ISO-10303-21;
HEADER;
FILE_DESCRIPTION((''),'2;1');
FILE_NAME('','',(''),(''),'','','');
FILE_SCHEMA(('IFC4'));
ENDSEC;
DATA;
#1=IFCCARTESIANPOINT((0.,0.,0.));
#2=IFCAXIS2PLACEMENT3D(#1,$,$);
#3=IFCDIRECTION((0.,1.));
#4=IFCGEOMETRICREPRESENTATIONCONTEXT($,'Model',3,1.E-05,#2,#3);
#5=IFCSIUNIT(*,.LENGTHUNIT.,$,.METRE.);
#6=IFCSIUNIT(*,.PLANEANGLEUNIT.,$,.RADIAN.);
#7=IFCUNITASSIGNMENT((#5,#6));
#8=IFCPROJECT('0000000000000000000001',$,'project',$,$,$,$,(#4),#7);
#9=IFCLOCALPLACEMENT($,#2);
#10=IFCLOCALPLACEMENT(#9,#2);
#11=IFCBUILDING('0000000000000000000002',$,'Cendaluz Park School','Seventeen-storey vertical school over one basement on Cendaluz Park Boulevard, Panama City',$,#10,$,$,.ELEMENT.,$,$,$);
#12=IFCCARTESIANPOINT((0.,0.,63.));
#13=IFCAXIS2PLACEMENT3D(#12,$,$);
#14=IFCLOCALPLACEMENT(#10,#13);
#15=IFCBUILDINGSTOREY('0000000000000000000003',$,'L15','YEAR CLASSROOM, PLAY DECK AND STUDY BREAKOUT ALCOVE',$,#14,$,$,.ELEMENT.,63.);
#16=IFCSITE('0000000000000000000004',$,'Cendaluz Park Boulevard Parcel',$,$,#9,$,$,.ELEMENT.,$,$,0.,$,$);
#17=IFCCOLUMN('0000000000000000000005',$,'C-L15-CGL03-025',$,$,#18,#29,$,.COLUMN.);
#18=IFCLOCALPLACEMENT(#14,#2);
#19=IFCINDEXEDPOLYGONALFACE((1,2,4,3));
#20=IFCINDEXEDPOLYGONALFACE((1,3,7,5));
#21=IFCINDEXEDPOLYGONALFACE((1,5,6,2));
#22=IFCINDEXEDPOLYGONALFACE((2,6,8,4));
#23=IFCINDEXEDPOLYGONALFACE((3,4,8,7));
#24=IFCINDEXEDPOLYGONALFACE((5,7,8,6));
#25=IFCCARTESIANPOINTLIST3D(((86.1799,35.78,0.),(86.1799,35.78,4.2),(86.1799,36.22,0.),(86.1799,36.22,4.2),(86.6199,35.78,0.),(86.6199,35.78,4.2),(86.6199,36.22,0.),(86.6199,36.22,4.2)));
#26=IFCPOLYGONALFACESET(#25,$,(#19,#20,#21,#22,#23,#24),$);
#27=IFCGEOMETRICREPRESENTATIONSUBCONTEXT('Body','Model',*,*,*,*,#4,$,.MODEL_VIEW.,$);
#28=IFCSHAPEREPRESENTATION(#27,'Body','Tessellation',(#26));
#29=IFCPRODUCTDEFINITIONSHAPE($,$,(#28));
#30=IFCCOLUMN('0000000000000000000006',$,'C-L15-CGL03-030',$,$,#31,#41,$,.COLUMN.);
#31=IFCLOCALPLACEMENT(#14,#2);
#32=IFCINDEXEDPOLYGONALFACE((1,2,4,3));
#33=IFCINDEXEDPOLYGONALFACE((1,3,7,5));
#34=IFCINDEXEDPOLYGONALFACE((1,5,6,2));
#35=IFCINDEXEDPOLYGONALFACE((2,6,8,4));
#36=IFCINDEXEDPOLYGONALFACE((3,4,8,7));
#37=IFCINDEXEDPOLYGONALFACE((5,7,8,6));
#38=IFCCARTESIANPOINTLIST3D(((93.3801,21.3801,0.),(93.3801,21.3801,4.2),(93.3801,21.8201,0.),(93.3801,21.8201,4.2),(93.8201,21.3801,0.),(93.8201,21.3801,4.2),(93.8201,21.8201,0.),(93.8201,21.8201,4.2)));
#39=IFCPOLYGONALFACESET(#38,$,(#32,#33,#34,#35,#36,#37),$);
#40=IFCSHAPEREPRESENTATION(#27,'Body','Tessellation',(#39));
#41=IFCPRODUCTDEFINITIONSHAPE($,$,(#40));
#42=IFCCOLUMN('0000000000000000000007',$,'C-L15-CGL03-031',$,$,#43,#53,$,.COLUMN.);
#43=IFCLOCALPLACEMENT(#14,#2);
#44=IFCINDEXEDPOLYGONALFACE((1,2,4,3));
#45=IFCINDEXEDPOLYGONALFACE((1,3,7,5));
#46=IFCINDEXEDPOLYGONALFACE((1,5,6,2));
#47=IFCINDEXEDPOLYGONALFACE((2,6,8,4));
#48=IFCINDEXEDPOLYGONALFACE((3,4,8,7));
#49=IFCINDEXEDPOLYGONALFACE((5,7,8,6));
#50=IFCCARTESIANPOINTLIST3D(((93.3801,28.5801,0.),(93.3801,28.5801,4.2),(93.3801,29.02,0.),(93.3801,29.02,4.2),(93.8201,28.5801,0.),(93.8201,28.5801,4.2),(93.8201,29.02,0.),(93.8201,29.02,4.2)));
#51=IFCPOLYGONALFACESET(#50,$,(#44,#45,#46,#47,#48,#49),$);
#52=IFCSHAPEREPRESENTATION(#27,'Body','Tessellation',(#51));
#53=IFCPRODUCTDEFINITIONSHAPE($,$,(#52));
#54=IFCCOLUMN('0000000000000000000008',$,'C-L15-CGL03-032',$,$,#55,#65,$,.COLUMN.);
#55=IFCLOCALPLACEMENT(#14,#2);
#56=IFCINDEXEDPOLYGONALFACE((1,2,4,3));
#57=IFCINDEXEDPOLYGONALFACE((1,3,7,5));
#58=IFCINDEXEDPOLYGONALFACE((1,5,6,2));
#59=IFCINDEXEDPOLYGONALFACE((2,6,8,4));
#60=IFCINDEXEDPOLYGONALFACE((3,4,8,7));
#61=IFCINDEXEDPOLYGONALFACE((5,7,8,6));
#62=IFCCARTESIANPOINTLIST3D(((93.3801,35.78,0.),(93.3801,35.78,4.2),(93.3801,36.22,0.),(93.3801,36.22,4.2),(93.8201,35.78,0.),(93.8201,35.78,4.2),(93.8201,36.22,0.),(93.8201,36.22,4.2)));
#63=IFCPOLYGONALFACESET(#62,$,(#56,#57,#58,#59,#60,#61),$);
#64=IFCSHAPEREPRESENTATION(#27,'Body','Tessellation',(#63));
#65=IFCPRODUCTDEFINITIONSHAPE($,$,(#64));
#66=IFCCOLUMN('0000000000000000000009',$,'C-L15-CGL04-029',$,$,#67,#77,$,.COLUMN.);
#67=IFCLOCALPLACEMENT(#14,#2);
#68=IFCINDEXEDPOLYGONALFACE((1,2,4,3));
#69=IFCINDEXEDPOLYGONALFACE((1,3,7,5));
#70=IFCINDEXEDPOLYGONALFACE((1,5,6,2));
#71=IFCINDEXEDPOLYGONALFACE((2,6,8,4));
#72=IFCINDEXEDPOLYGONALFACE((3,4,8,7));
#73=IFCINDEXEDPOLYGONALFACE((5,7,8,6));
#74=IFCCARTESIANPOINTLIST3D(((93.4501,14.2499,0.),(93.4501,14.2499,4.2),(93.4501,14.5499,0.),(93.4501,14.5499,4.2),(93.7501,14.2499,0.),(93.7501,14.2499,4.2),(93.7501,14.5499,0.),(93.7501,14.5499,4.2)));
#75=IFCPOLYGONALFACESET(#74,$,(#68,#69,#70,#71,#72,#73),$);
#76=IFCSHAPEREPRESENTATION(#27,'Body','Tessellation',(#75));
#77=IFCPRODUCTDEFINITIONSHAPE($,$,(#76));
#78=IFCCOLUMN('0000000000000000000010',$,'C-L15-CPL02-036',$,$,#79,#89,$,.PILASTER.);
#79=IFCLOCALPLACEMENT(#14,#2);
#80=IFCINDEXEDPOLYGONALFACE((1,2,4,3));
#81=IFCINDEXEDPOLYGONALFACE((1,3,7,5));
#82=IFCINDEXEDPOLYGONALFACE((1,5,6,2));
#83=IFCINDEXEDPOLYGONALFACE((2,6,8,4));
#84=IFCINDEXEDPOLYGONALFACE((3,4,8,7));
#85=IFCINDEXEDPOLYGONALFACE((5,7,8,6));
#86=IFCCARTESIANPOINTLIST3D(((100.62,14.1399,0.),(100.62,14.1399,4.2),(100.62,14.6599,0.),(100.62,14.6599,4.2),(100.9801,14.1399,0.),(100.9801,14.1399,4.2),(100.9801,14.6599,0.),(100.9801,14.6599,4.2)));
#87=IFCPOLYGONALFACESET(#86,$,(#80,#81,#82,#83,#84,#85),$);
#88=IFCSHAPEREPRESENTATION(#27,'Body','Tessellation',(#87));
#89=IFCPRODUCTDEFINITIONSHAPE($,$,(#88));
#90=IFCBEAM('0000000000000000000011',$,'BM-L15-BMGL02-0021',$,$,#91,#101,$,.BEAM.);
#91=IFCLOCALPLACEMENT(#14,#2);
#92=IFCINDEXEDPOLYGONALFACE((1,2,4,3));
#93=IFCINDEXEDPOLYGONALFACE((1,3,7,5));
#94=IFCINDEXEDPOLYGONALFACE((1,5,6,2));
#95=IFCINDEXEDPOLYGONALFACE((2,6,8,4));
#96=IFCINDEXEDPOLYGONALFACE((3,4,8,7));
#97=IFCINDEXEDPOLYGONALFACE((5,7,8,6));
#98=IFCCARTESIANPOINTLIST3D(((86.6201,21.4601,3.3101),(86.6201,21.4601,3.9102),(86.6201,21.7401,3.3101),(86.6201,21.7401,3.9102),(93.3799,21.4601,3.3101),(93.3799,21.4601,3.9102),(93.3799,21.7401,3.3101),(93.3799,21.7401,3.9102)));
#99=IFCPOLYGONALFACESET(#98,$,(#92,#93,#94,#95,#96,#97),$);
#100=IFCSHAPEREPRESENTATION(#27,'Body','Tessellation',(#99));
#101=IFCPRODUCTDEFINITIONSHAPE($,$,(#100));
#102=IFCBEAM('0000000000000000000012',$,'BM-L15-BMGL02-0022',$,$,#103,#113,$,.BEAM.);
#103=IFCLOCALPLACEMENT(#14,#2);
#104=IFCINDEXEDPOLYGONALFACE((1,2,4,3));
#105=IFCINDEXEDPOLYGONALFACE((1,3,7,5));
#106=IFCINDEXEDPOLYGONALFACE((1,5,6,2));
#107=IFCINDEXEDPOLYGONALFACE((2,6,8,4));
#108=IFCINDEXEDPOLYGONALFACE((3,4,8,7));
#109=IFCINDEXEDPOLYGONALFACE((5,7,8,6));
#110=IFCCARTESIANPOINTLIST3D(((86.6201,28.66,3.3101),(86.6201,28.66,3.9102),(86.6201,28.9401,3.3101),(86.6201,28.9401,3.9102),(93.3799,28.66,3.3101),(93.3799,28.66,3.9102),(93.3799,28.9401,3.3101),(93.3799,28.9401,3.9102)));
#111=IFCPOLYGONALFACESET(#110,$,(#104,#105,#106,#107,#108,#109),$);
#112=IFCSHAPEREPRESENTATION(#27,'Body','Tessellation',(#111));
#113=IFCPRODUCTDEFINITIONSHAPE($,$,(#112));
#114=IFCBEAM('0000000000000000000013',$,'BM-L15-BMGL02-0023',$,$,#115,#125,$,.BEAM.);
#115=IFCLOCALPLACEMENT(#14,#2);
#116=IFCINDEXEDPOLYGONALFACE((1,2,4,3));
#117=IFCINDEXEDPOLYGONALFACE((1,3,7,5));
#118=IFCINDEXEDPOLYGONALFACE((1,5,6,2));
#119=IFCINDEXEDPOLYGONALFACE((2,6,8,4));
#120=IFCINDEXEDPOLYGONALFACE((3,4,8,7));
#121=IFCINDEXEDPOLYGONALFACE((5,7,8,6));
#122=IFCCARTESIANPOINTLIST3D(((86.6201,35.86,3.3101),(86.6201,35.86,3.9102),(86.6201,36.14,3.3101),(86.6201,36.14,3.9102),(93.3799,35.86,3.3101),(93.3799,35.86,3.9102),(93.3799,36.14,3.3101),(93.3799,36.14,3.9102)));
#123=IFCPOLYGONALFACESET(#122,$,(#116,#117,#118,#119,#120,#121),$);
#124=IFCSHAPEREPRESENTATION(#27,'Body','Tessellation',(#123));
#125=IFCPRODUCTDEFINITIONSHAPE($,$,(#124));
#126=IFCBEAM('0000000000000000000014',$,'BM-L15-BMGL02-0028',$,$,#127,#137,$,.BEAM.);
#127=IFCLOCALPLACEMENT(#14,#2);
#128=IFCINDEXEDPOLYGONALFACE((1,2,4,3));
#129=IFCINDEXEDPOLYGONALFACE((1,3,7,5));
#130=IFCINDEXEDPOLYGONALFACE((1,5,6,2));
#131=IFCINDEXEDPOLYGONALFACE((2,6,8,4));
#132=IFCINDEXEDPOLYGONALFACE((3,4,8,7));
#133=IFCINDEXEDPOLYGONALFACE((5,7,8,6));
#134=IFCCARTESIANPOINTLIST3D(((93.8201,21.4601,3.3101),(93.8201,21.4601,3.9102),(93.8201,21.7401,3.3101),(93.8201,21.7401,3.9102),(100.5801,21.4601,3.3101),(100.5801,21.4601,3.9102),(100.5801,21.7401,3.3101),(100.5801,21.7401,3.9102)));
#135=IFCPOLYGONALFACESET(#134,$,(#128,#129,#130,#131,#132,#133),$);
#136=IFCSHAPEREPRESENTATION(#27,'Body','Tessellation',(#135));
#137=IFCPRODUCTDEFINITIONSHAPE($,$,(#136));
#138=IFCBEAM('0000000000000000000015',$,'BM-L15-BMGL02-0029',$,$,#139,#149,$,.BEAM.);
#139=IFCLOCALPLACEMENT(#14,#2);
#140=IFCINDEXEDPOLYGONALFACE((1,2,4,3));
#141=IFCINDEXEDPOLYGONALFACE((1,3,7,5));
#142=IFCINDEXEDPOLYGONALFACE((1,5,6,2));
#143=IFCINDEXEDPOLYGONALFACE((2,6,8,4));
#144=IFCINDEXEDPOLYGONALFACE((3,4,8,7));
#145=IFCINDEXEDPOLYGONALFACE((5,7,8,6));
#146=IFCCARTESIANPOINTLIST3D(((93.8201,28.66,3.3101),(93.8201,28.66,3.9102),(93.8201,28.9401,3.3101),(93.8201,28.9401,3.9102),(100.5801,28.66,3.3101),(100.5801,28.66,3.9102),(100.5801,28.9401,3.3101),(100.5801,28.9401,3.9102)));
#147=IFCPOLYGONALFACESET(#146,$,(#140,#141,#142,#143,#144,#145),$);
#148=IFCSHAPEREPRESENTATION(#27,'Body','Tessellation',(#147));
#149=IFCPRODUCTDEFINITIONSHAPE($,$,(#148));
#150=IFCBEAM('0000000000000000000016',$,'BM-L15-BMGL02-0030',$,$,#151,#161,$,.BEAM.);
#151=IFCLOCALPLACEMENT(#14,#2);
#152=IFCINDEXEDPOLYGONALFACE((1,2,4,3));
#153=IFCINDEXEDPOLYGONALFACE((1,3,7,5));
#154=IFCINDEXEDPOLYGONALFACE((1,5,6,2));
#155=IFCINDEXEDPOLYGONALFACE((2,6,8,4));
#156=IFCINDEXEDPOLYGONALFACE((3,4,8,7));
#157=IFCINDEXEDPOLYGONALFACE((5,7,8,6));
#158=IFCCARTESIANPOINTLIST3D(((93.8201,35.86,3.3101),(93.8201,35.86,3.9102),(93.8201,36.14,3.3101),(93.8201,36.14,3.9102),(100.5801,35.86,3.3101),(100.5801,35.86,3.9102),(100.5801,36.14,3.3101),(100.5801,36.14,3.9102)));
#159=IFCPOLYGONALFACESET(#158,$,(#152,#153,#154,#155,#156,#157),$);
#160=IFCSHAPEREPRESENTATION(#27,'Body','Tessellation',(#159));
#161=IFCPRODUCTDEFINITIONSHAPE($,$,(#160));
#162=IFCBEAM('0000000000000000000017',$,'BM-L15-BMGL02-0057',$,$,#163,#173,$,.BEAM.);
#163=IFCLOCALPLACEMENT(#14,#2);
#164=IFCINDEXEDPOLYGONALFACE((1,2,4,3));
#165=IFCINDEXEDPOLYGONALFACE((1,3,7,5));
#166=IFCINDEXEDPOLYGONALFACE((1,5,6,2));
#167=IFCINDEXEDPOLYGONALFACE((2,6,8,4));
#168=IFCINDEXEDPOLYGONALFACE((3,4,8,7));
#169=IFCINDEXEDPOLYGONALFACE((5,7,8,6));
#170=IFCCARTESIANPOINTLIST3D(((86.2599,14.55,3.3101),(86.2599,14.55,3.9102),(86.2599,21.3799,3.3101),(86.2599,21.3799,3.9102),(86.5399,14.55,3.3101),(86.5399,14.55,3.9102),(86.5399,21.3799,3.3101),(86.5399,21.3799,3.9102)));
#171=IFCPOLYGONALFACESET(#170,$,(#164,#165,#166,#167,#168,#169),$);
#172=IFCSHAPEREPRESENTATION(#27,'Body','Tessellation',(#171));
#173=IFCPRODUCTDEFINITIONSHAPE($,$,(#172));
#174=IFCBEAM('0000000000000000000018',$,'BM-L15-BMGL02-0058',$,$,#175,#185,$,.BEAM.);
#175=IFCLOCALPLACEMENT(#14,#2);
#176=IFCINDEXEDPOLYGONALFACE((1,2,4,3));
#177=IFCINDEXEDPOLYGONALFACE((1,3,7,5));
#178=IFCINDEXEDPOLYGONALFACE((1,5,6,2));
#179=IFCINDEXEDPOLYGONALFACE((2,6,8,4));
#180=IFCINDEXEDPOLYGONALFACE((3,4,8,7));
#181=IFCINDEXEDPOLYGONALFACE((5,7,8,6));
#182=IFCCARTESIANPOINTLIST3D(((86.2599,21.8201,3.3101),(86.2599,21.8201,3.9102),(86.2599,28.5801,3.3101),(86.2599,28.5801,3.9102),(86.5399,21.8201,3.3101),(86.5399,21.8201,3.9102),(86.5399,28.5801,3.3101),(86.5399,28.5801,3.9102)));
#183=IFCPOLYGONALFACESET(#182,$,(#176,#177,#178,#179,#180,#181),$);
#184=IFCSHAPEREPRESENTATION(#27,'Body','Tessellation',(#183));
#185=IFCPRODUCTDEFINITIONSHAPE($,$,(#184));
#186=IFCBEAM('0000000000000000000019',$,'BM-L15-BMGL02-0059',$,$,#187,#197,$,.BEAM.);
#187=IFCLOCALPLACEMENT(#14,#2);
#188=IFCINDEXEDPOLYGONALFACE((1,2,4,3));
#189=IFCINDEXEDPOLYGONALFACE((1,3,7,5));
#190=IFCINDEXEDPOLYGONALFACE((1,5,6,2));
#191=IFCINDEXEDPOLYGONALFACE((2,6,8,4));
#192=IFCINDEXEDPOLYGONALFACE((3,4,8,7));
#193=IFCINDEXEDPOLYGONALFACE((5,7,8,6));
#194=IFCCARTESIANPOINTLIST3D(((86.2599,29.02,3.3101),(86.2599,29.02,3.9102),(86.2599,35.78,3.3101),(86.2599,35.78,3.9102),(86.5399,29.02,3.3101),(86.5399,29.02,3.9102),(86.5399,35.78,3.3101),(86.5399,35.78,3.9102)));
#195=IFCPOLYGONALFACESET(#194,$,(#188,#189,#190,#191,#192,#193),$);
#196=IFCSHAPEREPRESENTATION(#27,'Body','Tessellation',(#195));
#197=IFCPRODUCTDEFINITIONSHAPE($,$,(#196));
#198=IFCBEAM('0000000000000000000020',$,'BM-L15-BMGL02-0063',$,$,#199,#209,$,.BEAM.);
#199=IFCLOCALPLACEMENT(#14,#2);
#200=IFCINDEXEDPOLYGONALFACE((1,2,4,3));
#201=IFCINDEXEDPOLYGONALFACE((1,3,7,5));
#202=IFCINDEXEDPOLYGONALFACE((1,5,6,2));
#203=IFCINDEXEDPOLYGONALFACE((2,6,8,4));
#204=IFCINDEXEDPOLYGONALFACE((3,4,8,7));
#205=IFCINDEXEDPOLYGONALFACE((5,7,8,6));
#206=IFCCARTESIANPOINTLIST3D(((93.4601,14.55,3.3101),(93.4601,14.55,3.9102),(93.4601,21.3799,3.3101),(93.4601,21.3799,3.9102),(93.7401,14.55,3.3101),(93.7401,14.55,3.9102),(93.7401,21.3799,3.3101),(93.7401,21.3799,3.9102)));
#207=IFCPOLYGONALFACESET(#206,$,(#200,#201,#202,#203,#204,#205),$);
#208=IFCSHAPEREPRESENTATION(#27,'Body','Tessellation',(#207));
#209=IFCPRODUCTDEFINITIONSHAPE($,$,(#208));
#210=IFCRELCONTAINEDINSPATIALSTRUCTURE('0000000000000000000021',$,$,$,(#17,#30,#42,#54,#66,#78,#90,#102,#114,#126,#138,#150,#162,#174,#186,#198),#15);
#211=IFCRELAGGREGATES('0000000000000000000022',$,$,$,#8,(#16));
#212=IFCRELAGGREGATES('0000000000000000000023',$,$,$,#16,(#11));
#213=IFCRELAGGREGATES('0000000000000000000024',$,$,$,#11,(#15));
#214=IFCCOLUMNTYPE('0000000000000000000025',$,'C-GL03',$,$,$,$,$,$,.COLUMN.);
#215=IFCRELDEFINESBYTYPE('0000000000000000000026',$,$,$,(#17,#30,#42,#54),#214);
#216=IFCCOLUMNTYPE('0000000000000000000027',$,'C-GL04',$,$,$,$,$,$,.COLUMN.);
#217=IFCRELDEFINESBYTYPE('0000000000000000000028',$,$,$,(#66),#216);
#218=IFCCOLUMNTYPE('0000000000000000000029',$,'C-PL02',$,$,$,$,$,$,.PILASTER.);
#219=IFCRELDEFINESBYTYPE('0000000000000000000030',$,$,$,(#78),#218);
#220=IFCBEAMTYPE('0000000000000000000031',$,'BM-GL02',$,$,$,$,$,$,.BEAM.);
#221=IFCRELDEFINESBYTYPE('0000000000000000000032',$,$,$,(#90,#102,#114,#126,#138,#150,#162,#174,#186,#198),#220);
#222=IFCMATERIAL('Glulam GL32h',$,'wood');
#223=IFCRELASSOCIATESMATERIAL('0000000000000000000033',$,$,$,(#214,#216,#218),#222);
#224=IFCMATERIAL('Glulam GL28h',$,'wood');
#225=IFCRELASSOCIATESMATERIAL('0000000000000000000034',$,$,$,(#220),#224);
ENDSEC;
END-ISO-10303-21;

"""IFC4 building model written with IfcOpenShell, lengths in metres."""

from ifc_helpers import new_model, si_unit, direction, frame, origin, origin_2d, place, context, subcontext, project, spatial, rectangle, extrude, material, material_profile, profile_set, type_object, element, save


model = new_model("IFC4")

# Units and contexts
model_context = context("Model", 3, precision=1e-05, world=origin(), true_north=direction((0.0, 1.0)))
body_context = subcontext(model_context, "Body", "Model", "MODEL_VIEW")
ifc_project = project(units=[si_unit("LENGTHUNIT", "METRE"), si_unit("PLANEANGLEUNIT", "RADIAN")], contexts=[model_context])

# Site, building, storey
site_placement = place(None, origin())
site = spatial("IfcSite", under=ifc_project, at=site_placement, Name="Cendaluz Park Boulevard Parcel", CompositionType="ELEMENT", RefElevation=0.0)
building_placement = place(site_placement, origin())
building = spatial("IfcBuilding", under=site, at=building_placement, Name="Cendaluz Park School", Description="Seventeen-storey vertical school over one basement on Cendaluz Park Boulevard, Panama City", CompositionType="ELEMENT")
storey_placement = place(building_placement, frame((0.0, 0.0, 63.0)))
storey = spatial("IfcBuildingStorey", under=building, at=storey_placement, Name="L15", Description="YEAR CLASSROOM, PLAY DECK AND STUDY BREAKOUT ALCOVE", CompositionType="ELEMENT", Elevation=63.0)

# Columns
ifc_material_1 = material(Name="Glulam GL32h", Category="wood")
ifc_material_profile_1 = material_profile(ifc_material_1, rectangle(XDim=0.4399, YDim=0.4399, at=origin_2d()), Name="GL32h 440x440", Category="wood")
ifc_profile_set_1 = profile_set([ifc_material_profile_1], Name="Glulam GL32h")
column_type_1 = type_object("IfcColumnType", Name="C-GL03", PredefinedType="COLUMN", material=ifc_profile_set_1)
for number, where, z_axis, x_axis, name in (
    (1, (86.3999, 36.0, 0.0), (0.0, 0.0, 1.0), (1.0, 0.0, 0.0), "C-L15-CGL03-025"),
    (2, (93.6001, 21.6001, 0.0), (0.0, 0.0, 1.0), (1.0, 0.0, 0.0), "C-L15-CGL03-030"),
    (3, (93.6001, 28.8, 0.0), (0.0, 0.0, 1.0), (1.0, 0.0, 0.0), "C-L15-CGL03-031"),
    (4, (93.6001, 36.0, 0.0), (0.0, 0.0, 1.0), (1.0, 0.0, 0.0), "C-L15-CGL03-032"),
):
    element("IfcColumn", number, at=place(storey_placement, frame(where, z_axis=z_axis, x_axis=x_axis)), inside=storey, type_object=column_type_1, Name=name, PredefinedType="COLUMN", context=body_context, shape_type="SweptSolid", body=[
        extrude(rectangle(XDim=0.4399, YDim=0.4399, at=origin_2d()), origin(), (0.0, 0.0, 1.0), 4.2),
    ])
ifc_material_profile_2 = material_profile(ifc_material_1, rectangle(XDim=0.3, YDim=0.3, at=origin_2d()), Name="GL32h 300x300", Category="wood")
ifc_profile_set_2 = profile_set([ifc_material_profile_2], Name="Glulam GL32h")
column_type_2 = type_object("IfcColumnType", Name="C-GL04", PredefinedType="COLUMN", material=ifc_profile_set_2)
column_1_placement = place(storey_placement, frame((93.6001, 14.3999, 0.0), z_axis=(0.0, 0.0, 1.0), x_axis=(1.0, 0.0, 0.0)))
element("IfcColumn", 5, at=column_1_placement, inside=storey, type_object=column_type_2, Name="C-L15-CGL04-029", PredefinedType="COLUMN", context=body_context, shape_type="SweptSolid", body=[
    extrude(rectangle(XDim=0.3, YDim=0.3, at=origin_2d()), origin(), (0.0, 0.0, 1.0), 4.2),
])
ifc_material_profile_3 = material_profile(ifc_material_1, rectangle(XDim=0.3601, YDim=0.52, at=origin_2d()), Name="GL32h 360x520", Category="wood")
ifc_profile_set_3 = profile_set([ifc_material_profile_3], Name="Glulam GL32h")
column_type_3 = type_object("IfcColumnType", Name="C-PL02", PredefinedType="PILASTER", material=ifc_profile_set_3)
column_2_placement = place(storey_placement, frame((100.8, 14.3999, 0.0), z_axis=(0.0, 0.0, 1.0), x_axis=(1.0, 0.0, 0.0)))
element("IfcColumn", 6, at=column_2_placement, inside=storey, type_object=column_type_3, Name="C-L15-CPL02-036", PredefinedType="PILASTER", context=body_context, shape_type="SweptSolid", body=[
    extrude(rectangle(XDim=0.3601, YDim=0.52, at=origin_2d()), origin(), (0.0, 0.0, 1.0), 4.2),
])

# Beams
ifc_material_2 = material(Name="Glulam GL28h", Category="wood")
ifc_material_profile_4 = material_profile(ifc_material_2, rectangle(XDim=0.28, YDim=0.6001, at=origin_2d()), Name="GL28h 280x600", Category="wood")
ifc_profile_set_4 = profile_set([ifc_material_profile_4], Name="Glulam GL28h")
beam_type_1 = type_object("IfcBeamType", Name="BM-GL02", PredefinedType="BEAM", material=ifc_profile_set_4)
for number, where, z_axis, x_axis, name in (
    (7, (86.6201, 21.6001, 3.6101), (1.0, 0.0, 0.0), (0.0, 1.0, 0.0), "BM-L15-BMGL02-0021"),
    (8, (86.6201, 28.8, 3.6101), (1.0, 0.0, 0.0), (0.0, 1.0, 0.0), "BM-L15-BMGL02-0022"),
    (9, (86.6201, 36.0, 3.6101), (1.0, 0.0, 0.0), (0.0, 1.0, 0.0), "BM-L15-BMGL02-0023"),
):
    element("IfcBeam", number, at=place(storey_placement, frame(where, z_axis=z_axis, x_axis=x_axis)), inside=storey, type_object=beam_type_1, Name=name, PredefinedType="BEAM", context=body_context, shape_type="SweptSolid", body=[
        extrude(rectangle(XDim=0.28, YDim=0.6001, at=origin_2d()), origin(), (0.0, 0.0, 1.0), 6.7598),
    ])
for number, where, z_axis, x_axis, name in (
    (10, (93.8201, 21.6001, 3.6101), (1.0, 0.0, 0.0), (0.0, 1.0, 0.0), "BM-L15-BMGL02-0028"),
    (11, (93.8201, 28.8, 3.6101), (1.0, 0.0, 0.0), (0.0, 1.0, 0.0), "BM-L15-BMGL02-0029"),
    (12, (93.8201, 36.0, 3.6101), (1.0, 0.0, 0.0), (0.0, 1.0, 0.0), "BM-L15-BMGL02-0030"),
):
    element("IfcBeam", number, at=place(storey_placement, frame(where, z_axis=z_axis, x_axis=x_axis)), inside=storey, type_object=beam_type_1, Name=name, PredefinedType="BEAM", context=body_context, shape_type="SweptSolid", body=[
        extrude(rectangle(XDim=0.28, YDim=0.6001, at=origin_2d()), origin(), (0.0, 0.0, 1.0), 6.76),
    ])
beam_1_placement = place(storey_placement, frame((86.3999, 14.55, 3.6101), z_axis=(0.0, 1.0, 0.0), x_axis=(-1.0, 0.0, 0.0)))
element("IfcBeam", 13, at=beam_1_placement, inside=storey, type_object=beam_type_1, Name="BM-L15-BMGL02-0057", PredefinedType="BEAM", context=body_context, shape_type="SweptSolid", body=[
    extrude(rectangle(XDim=0.28, YDim=0.6001, at=origin_2d()), origin(), (0.0, 0.0, 1.0), 6.8298),
])
for number, where, z_axis, x_axis, name in (
    (14, (86.3999, 21.8201, 3.6101), (0.0, 1.0, 0.0), (-1.0, 0.0, 0.0), "BM-L15-BMGL02-0058"),
    (15, (86.3999, 29.02, 3.6101), (0.0, 1.0, 0.0), (-1.0, 0.0, 0.0), "BM-L15-BMGL02-0059"),
):
    element("IfcBeam", number, at=place(storey_placement, frame(where, z_axis=z_axis, x_axis=x_axis)), inside=storey, type_object=beam_type_1, Name=name, PredefinedType="BEAM", context=body_context, shape_type="SweptSolid", body=[
        extrude(rectangle(XDim=0.28, YDim=0.6001, at=origin_2d()), origin(), (0.0, 0.0, 1.0), 6.76),
    ])
beam_2_placement = place(storey_placement, frame((93.6001, 14.55, 3.6101), z_axis=(0.0, 1.0, 0.0), x_axis=(-1.0, 0.0, 0.0)))
element("IfcBeam", 16, at=beam_2_placement, inside=storey, type_object=beam_type_1, Name="BM-L15-BMGL02-0063", PredefinedType="BEAM", context=body_context, shape_type="SweptSolid", body=[
    extrude(rectangle(XDim=0.28, YDim=0.6001, at=origin_2d()), origin(), (0.0, 0.0, 1.0), 6.8298),
])

save(model, "model.ifc")
